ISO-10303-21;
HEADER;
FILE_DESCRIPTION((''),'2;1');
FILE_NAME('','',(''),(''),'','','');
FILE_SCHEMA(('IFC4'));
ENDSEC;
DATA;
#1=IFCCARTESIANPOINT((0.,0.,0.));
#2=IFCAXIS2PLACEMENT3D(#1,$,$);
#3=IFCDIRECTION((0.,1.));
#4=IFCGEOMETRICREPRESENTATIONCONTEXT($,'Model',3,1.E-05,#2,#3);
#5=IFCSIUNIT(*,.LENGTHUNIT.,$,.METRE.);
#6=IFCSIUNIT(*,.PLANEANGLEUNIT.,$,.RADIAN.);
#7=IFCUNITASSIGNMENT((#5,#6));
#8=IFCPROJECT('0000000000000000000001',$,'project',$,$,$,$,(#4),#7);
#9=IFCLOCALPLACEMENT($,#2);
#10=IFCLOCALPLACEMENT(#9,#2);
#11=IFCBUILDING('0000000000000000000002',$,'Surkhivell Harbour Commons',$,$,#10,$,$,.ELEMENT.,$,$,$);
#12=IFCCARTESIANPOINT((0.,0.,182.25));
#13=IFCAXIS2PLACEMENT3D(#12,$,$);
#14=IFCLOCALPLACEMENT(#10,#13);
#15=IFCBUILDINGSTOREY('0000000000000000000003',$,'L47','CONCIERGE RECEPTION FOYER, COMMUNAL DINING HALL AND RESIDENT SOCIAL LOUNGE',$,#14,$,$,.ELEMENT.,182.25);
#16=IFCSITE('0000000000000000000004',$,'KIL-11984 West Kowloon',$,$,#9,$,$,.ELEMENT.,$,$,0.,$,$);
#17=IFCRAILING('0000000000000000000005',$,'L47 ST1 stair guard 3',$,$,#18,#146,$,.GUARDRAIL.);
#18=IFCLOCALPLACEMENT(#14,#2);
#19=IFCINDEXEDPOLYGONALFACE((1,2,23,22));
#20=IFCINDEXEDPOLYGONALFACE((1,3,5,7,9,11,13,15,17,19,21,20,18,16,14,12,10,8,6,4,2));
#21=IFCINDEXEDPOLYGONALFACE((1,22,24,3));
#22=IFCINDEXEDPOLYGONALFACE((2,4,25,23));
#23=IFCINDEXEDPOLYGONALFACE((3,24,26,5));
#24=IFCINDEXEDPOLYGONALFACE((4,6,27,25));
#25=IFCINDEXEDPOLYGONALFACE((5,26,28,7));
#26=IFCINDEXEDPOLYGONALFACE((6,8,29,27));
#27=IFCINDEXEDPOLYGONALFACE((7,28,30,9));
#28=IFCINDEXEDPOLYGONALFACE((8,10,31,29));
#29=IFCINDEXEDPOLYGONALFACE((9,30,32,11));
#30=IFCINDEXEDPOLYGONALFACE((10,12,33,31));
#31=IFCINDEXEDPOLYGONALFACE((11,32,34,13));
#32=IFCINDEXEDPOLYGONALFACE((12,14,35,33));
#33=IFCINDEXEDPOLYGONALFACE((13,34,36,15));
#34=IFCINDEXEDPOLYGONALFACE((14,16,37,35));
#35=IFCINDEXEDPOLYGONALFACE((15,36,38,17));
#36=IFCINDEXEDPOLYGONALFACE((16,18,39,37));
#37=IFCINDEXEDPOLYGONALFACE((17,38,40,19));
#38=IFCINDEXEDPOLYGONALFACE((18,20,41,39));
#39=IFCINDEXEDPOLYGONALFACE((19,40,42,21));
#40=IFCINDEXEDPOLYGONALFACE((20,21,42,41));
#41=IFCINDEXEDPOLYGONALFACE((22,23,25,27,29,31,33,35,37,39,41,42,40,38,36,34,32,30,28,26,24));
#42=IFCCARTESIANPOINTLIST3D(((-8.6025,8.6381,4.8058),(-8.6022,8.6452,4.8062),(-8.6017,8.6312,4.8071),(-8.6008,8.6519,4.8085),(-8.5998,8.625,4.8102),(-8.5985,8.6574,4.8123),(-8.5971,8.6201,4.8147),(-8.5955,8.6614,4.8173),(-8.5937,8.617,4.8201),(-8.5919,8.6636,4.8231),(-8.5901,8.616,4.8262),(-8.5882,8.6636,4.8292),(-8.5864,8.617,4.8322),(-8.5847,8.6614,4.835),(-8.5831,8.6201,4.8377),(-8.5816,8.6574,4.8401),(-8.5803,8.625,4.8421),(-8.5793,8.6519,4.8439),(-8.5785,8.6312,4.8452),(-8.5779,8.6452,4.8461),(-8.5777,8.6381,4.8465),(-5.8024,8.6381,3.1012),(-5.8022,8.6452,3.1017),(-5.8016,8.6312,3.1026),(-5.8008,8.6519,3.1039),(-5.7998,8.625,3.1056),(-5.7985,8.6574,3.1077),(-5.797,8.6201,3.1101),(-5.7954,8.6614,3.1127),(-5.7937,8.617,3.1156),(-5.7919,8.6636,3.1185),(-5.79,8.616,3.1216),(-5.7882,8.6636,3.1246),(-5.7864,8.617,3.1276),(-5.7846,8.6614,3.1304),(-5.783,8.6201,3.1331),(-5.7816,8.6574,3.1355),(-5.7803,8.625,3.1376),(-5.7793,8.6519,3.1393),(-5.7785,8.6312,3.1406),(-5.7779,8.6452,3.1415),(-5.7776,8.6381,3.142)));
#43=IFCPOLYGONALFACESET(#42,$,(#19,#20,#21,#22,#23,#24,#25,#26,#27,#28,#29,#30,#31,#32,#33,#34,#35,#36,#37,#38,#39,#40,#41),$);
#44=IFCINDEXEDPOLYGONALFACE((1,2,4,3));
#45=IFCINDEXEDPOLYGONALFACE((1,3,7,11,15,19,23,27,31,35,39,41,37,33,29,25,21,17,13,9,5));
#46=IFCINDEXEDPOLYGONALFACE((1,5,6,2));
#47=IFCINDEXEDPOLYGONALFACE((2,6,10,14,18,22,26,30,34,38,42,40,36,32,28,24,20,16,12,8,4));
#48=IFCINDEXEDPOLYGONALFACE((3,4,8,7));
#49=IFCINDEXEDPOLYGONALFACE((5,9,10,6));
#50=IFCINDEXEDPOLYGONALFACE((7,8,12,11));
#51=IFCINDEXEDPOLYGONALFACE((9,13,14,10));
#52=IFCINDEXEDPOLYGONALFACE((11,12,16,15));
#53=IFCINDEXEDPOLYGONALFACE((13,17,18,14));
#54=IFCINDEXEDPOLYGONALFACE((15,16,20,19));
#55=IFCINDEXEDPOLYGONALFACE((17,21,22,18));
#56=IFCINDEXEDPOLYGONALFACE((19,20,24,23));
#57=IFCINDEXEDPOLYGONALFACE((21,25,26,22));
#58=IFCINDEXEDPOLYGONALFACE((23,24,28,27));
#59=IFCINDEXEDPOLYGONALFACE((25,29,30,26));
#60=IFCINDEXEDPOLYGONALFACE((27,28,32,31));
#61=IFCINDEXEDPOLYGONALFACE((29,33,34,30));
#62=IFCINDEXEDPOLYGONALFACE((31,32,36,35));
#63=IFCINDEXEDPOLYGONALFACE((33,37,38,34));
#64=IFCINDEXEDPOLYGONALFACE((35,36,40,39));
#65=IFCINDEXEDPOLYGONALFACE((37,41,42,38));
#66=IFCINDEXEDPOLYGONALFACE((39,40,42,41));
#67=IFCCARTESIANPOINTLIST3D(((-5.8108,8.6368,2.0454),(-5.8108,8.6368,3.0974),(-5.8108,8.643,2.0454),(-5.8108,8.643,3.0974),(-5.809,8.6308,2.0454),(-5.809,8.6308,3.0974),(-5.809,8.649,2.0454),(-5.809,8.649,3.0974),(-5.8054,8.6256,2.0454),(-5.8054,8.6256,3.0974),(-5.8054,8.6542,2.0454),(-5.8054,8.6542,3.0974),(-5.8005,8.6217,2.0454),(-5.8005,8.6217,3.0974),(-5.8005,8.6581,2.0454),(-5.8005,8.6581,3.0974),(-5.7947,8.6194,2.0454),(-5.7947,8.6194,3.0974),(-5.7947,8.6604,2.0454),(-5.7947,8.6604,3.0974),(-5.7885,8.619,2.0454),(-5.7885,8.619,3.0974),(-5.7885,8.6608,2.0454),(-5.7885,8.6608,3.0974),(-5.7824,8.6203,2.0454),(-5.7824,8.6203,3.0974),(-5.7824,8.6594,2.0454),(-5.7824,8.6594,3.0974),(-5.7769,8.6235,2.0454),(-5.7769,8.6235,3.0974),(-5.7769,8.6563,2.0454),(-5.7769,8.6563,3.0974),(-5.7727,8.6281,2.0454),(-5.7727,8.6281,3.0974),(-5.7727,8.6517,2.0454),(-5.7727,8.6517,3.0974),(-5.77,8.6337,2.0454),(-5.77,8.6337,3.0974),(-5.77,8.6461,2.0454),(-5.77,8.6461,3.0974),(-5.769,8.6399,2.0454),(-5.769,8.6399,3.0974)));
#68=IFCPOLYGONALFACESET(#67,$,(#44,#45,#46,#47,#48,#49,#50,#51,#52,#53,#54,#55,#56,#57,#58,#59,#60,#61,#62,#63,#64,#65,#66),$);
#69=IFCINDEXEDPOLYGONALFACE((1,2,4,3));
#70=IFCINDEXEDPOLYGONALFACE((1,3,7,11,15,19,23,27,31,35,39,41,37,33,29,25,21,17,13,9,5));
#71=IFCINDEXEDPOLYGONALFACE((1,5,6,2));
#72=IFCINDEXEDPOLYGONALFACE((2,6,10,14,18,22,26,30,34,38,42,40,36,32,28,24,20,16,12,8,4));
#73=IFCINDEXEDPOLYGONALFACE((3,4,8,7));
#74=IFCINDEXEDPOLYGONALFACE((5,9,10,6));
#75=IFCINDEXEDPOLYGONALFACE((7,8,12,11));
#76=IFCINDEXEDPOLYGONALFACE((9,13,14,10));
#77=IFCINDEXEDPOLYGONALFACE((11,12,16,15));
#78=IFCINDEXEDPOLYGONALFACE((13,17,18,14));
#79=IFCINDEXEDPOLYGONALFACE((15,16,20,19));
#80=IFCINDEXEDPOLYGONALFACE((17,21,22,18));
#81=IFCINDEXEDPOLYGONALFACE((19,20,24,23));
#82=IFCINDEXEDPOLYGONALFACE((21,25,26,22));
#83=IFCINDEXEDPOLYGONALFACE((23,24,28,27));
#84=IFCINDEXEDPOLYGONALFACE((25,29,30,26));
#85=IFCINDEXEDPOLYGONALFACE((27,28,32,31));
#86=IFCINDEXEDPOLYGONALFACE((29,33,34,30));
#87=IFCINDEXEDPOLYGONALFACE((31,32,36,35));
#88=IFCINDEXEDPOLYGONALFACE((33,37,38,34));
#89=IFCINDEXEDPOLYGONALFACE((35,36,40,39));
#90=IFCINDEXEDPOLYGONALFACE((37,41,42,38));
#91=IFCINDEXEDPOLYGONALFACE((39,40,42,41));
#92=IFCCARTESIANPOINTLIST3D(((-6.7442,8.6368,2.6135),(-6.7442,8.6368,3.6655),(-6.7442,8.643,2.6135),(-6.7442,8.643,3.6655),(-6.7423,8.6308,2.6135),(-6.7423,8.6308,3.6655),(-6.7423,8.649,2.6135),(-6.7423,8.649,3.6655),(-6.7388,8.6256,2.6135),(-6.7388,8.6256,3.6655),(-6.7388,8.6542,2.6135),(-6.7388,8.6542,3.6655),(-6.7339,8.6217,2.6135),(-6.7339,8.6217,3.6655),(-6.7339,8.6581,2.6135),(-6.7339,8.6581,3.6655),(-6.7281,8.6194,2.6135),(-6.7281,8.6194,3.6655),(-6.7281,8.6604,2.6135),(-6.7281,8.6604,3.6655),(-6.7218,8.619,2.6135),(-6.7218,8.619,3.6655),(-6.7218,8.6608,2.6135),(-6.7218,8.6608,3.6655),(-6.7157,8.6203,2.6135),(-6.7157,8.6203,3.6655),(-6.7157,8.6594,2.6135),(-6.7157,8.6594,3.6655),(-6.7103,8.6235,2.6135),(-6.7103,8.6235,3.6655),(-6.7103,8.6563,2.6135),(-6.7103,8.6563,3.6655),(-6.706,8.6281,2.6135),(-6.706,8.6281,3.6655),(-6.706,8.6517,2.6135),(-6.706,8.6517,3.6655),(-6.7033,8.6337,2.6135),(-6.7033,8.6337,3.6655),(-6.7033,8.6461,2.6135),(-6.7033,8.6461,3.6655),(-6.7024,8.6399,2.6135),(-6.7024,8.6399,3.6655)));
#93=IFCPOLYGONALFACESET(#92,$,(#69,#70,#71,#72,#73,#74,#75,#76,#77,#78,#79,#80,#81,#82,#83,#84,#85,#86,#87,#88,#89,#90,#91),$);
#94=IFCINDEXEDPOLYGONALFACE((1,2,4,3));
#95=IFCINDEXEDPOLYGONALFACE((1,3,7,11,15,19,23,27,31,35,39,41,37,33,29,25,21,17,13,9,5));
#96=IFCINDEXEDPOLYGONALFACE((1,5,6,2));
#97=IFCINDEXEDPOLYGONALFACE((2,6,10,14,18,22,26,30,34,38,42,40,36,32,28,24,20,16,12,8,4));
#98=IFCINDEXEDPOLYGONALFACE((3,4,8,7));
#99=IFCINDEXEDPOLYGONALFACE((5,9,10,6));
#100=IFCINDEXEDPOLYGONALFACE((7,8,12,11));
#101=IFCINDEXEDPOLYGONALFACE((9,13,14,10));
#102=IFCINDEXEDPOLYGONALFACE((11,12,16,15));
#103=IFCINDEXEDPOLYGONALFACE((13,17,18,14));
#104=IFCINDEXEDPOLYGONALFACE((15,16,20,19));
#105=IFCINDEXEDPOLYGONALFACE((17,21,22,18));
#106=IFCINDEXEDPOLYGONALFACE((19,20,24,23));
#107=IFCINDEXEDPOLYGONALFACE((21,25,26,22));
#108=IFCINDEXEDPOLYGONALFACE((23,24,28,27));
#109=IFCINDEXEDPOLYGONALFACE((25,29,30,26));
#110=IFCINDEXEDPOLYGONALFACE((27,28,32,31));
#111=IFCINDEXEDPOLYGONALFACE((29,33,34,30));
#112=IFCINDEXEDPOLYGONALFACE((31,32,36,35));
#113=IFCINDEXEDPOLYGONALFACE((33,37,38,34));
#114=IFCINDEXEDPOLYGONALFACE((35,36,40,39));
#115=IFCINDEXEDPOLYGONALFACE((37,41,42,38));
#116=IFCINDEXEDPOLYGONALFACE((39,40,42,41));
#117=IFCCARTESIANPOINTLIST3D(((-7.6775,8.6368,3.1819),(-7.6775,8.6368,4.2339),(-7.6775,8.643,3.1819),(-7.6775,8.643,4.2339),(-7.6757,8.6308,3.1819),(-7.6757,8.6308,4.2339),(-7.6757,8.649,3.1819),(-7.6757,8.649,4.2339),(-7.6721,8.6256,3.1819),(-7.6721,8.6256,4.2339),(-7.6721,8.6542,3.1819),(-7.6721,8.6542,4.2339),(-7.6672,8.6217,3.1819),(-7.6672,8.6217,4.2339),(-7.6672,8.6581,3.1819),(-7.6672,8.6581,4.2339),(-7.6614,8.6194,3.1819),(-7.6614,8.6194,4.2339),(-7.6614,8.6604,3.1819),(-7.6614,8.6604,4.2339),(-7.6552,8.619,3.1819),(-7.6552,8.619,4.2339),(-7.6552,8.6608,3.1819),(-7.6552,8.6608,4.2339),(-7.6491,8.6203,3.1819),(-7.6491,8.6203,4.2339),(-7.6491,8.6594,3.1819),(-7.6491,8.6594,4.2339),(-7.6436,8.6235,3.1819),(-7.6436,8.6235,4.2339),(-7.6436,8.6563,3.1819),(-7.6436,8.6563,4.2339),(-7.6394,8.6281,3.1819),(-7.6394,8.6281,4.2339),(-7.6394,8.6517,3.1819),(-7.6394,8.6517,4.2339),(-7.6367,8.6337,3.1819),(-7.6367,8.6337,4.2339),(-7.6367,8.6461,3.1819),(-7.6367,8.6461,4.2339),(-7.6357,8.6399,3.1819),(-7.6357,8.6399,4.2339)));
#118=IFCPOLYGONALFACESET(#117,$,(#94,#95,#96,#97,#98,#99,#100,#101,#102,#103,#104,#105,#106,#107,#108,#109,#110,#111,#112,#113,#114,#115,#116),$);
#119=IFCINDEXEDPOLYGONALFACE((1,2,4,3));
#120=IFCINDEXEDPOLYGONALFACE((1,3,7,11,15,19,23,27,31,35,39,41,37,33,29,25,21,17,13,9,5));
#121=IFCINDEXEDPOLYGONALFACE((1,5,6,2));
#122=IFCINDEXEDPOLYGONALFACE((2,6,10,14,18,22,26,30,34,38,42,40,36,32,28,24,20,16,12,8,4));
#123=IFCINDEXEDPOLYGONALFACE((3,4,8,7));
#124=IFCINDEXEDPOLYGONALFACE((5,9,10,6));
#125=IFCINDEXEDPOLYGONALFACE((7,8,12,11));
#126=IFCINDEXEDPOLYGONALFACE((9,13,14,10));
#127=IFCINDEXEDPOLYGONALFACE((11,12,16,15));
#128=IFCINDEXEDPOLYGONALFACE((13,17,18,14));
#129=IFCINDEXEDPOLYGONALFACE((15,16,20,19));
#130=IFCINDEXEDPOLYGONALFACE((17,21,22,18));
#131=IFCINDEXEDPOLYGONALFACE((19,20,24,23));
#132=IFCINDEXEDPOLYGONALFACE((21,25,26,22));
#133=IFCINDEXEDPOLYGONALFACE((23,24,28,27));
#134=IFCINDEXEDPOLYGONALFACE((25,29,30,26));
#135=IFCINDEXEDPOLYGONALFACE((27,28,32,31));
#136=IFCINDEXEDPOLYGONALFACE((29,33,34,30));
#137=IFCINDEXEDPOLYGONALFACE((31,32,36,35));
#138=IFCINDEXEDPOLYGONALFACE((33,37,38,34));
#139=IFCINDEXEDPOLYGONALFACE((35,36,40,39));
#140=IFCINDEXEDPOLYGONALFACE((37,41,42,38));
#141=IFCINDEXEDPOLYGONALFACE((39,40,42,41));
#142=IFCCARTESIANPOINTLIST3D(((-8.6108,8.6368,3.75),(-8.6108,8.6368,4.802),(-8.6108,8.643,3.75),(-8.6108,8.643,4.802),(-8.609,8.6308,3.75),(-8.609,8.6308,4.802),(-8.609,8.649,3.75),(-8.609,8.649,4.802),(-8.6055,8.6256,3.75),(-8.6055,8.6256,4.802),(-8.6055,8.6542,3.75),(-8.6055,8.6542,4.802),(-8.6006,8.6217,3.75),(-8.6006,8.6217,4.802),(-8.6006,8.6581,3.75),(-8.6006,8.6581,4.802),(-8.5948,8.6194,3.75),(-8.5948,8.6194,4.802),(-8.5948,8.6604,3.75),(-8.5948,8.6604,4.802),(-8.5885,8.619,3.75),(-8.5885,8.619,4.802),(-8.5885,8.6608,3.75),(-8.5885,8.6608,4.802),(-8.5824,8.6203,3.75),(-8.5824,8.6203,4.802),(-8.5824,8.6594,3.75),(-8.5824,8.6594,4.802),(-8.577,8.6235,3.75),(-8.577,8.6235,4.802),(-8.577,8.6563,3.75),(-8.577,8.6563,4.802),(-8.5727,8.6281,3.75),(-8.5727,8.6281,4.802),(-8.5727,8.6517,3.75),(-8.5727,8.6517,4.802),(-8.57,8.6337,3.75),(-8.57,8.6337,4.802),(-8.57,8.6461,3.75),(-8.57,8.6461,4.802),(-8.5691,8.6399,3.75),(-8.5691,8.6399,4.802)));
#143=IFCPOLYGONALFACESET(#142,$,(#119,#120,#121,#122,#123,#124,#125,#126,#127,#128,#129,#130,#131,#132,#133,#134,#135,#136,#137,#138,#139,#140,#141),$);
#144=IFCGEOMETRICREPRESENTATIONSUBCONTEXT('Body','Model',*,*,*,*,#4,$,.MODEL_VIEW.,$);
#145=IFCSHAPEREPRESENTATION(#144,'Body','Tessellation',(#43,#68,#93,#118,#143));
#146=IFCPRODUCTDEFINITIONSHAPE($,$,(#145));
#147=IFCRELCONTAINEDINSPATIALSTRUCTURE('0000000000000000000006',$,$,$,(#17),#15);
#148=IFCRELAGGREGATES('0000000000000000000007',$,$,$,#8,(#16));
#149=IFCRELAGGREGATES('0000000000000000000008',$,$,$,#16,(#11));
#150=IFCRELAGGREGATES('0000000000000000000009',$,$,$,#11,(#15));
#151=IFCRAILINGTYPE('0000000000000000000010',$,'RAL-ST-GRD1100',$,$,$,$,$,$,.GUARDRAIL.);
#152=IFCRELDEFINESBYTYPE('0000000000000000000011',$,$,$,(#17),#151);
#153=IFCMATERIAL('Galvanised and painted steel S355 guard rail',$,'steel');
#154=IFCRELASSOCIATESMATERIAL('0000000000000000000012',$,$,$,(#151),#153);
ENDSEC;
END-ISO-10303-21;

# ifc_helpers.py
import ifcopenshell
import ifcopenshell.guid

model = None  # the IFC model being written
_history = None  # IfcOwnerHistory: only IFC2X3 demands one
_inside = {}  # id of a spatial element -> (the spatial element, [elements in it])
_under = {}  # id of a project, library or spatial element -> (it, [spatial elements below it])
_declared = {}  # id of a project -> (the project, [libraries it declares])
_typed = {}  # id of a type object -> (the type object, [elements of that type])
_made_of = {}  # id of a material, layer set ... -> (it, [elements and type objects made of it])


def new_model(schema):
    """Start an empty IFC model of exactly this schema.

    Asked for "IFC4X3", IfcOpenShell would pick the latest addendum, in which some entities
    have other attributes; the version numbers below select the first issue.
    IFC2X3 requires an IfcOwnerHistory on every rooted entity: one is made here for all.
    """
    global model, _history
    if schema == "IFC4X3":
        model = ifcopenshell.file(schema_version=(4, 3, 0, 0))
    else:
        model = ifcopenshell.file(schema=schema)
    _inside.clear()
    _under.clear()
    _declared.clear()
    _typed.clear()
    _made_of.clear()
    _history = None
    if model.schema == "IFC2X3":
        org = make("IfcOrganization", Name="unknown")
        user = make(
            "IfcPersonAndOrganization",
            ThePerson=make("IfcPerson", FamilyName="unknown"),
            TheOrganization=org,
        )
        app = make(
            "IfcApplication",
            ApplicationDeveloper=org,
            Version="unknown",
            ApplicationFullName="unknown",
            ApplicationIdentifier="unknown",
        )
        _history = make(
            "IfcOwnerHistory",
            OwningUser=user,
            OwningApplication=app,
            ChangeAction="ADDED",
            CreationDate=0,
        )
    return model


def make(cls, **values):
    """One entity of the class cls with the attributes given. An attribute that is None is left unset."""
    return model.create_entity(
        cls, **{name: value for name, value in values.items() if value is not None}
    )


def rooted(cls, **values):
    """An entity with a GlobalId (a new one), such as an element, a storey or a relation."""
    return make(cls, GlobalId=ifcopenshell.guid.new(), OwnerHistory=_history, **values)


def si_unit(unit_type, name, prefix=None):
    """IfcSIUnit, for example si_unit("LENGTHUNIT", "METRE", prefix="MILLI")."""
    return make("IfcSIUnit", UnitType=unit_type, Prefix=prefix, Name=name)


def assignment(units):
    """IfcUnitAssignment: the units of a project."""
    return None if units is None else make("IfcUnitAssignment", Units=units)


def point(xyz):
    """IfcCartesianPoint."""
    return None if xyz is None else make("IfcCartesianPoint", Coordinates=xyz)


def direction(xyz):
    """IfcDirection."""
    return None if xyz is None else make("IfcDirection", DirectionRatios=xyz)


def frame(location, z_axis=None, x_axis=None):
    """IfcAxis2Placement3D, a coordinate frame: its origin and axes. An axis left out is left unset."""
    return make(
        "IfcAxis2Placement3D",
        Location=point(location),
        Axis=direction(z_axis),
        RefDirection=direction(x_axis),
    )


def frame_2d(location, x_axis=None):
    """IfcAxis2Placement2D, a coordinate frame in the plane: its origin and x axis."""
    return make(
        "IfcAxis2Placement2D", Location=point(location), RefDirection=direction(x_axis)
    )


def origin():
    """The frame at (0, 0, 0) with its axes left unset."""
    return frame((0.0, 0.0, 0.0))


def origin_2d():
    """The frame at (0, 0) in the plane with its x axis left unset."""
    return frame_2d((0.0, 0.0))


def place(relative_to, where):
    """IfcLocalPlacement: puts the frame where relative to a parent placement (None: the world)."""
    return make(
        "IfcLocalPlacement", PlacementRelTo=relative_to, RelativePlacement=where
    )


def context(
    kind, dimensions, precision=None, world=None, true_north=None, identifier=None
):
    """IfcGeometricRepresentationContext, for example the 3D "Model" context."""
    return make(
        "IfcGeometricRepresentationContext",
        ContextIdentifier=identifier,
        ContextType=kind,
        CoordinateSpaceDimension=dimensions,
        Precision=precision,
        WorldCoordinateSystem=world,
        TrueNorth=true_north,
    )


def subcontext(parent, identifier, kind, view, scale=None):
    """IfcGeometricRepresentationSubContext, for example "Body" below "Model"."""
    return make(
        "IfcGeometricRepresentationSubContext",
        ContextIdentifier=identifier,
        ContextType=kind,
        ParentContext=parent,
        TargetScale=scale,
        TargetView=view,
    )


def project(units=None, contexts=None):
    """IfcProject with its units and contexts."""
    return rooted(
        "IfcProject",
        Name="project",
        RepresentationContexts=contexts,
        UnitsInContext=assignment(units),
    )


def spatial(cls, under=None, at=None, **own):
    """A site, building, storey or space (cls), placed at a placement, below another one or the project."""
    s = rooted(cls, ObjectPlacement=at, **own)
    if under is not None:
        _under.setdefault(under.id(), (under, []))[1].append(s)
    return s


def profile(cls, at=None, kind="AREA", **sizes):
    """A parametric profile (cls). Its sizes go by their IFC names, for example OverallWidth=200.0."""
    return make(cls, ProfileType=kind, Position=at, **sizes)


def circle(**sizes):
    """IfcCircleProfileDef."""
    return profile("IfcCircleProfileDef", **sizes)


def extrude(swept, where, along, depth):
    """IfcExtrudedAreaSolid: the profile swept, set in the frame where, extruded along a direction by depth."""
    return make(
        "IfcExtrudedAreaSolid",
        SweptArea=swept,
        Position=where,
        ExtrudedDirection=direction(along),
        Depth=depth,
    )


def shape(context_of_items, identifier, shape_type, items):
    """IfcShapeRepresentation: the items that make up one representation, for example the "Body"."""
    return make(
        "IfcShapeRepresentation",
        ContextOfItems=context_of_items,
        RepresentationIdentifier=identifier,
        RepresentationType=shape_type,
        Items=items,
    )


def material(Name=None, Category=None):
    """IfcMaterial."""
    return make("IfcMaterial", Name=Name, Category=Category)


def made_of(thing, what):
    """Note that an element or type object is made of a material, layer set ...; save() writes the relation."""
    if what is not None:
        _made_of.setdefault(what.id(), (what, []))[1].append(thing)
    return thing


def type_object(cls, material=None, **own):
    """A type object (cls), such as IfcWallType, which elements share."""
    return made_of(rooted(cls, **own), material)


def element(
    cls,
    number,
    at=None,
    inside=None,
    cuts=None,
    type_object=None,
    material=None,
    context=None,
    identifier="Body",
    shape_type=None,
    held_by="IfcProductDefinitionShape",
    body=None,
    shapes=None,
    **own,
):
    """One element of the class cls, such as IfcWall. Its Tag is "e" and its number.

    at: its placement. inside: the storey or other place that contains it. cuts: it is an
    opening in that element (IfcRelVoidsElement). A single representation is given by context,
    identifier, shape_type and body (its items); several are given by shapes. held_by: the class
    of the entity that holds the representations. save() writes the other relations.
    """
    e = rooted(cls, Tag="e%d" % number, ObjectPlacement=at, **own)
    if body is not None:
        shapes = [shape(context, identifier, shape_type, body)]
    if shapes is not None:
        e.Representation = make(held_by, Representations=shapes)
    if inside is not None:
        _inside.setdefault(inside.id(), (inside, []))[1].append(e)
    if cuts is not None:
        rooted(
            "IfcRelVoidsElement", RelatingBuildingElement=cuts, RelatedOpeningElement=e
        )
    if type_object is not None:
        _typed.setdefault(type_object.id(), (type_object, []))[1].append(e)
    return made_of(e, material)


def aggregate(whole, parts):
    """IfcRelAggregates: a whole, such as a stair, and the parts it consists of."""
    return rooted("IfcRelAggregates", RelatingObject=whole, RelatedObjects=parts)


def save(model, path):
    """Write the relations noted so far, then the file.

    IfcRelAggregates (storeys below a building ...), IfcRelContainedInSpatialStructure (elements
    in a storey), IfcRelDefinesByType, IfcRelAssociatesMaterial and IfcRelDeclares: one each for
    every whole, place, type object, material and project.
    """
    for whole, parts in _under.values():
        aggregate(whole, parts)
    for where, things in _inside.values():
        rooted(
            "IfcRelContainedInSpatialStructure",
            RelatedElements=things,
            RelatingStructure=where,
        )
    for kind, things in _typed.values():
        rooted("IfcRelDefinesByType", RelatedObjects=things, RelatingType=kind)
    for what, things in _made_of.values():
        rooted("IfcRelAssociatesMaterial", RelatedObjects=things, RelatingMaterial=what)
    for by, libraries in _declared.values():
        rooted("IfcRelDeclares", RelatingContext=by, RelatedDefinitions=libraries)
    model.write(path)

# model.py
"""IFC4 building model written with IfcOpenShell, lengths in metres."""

from ifc_helpers import new_model, si_unit, direction, frame, origin, origin_2d, place, context, subcontext, project, spatial, circle, extrude, material, type_object, element, save


model = new_model("IFC4")

# Units and contexts
model_context = context("Model", 3, precision=1e-05, world=origin(), true_north=direction((0.0, 1.0)))
body_context = subcontext(model_context, "Body", "Model", "MODEL_VIEW")
ifc_project = project(units=[si_unit("LENGTHUNIT", "METRE"), si_unit("PLANEANGLEUNIT", "RADIAN")], contexts=[model_context])

# Site, building, storey
site_placement = place(None, origin())
site = spatial("IfcSite", under=ifc_project, at=site_placement, Name="KIL-11984 West Kowloon", CompositionType="ELEMENT", RefElevation=0.0)
building_placement = place(site_placement, origin())
building = spatial("IfcBuilding", under=site, at=building_placement, Name="Surkhivell Harbour Commons", CompositionType="ELEMENT")
storey_placement = place(building_placement, frame((0.0, 0.0, 182.25)))
storey = spatial("IfcBuildingStorey", under=building, at=storey_placement, Name="L47", Description="CONCIERGE RECEPTION FOYER, COMMUNAL DINING HALL AND RESIDENT SOCIAL LOUNGE", CompositionType="ELEMENT", Elevation=182.25)

# Railing
ifc_material_1 = material(Name="Galvanised and painted steel S355 guard rail", Category="steel")
railing_type_1 = type_object("IfcRailingType", Name="RAL-ST-GRD1100", PredefinedType="GUARDRAIL", material=ifc_material_1)
railing_1_placement = place(storey_placement, frame((-5.79, 8.6399, 2.0454)))
element("IfcRailing", 1, at=railing_1_placement, inside=storey, type_object=railing_type_1, Name="L47 ST1 stair guard 3", PredefinedType="GUARDRAIL", context=body_context, shape_type="SweptSolid", body=[
    extrude(circle(Radius=0.0239, at=origin_2d()), frame((0.0, 0.0, 1.0762), z_axis=(-0.85417, 0.0, 0.519994), x_axis=(0.0, -1.0, 0.0)), (0.0, 0.0, 1.0), 3.2781),
    extrude(circle(Radius=0.021, at=origin_2d()), origin(), (0.0, 0.0, 1.0), 1.052),
    extrude(circle(Radius=0.021, at=origin_2d()), frame((-0.9333, 0.0, 0.5681)), (0.0, 0.0, 1.0), 1.052),
    extrude(circle(Radius=0.021, at=origin_2d()), frame((-1.8667, 0.0, 1.1365)), (0.0, 0.0, 1.0), 1.052),
    extrude(circle(Radius=0.021, at=origin_2d()), frame((-2.8, 0.0, 1.7046)), (0.0, 0.0, 1.0), 1.052),
])

save(model, "model.ifc")
